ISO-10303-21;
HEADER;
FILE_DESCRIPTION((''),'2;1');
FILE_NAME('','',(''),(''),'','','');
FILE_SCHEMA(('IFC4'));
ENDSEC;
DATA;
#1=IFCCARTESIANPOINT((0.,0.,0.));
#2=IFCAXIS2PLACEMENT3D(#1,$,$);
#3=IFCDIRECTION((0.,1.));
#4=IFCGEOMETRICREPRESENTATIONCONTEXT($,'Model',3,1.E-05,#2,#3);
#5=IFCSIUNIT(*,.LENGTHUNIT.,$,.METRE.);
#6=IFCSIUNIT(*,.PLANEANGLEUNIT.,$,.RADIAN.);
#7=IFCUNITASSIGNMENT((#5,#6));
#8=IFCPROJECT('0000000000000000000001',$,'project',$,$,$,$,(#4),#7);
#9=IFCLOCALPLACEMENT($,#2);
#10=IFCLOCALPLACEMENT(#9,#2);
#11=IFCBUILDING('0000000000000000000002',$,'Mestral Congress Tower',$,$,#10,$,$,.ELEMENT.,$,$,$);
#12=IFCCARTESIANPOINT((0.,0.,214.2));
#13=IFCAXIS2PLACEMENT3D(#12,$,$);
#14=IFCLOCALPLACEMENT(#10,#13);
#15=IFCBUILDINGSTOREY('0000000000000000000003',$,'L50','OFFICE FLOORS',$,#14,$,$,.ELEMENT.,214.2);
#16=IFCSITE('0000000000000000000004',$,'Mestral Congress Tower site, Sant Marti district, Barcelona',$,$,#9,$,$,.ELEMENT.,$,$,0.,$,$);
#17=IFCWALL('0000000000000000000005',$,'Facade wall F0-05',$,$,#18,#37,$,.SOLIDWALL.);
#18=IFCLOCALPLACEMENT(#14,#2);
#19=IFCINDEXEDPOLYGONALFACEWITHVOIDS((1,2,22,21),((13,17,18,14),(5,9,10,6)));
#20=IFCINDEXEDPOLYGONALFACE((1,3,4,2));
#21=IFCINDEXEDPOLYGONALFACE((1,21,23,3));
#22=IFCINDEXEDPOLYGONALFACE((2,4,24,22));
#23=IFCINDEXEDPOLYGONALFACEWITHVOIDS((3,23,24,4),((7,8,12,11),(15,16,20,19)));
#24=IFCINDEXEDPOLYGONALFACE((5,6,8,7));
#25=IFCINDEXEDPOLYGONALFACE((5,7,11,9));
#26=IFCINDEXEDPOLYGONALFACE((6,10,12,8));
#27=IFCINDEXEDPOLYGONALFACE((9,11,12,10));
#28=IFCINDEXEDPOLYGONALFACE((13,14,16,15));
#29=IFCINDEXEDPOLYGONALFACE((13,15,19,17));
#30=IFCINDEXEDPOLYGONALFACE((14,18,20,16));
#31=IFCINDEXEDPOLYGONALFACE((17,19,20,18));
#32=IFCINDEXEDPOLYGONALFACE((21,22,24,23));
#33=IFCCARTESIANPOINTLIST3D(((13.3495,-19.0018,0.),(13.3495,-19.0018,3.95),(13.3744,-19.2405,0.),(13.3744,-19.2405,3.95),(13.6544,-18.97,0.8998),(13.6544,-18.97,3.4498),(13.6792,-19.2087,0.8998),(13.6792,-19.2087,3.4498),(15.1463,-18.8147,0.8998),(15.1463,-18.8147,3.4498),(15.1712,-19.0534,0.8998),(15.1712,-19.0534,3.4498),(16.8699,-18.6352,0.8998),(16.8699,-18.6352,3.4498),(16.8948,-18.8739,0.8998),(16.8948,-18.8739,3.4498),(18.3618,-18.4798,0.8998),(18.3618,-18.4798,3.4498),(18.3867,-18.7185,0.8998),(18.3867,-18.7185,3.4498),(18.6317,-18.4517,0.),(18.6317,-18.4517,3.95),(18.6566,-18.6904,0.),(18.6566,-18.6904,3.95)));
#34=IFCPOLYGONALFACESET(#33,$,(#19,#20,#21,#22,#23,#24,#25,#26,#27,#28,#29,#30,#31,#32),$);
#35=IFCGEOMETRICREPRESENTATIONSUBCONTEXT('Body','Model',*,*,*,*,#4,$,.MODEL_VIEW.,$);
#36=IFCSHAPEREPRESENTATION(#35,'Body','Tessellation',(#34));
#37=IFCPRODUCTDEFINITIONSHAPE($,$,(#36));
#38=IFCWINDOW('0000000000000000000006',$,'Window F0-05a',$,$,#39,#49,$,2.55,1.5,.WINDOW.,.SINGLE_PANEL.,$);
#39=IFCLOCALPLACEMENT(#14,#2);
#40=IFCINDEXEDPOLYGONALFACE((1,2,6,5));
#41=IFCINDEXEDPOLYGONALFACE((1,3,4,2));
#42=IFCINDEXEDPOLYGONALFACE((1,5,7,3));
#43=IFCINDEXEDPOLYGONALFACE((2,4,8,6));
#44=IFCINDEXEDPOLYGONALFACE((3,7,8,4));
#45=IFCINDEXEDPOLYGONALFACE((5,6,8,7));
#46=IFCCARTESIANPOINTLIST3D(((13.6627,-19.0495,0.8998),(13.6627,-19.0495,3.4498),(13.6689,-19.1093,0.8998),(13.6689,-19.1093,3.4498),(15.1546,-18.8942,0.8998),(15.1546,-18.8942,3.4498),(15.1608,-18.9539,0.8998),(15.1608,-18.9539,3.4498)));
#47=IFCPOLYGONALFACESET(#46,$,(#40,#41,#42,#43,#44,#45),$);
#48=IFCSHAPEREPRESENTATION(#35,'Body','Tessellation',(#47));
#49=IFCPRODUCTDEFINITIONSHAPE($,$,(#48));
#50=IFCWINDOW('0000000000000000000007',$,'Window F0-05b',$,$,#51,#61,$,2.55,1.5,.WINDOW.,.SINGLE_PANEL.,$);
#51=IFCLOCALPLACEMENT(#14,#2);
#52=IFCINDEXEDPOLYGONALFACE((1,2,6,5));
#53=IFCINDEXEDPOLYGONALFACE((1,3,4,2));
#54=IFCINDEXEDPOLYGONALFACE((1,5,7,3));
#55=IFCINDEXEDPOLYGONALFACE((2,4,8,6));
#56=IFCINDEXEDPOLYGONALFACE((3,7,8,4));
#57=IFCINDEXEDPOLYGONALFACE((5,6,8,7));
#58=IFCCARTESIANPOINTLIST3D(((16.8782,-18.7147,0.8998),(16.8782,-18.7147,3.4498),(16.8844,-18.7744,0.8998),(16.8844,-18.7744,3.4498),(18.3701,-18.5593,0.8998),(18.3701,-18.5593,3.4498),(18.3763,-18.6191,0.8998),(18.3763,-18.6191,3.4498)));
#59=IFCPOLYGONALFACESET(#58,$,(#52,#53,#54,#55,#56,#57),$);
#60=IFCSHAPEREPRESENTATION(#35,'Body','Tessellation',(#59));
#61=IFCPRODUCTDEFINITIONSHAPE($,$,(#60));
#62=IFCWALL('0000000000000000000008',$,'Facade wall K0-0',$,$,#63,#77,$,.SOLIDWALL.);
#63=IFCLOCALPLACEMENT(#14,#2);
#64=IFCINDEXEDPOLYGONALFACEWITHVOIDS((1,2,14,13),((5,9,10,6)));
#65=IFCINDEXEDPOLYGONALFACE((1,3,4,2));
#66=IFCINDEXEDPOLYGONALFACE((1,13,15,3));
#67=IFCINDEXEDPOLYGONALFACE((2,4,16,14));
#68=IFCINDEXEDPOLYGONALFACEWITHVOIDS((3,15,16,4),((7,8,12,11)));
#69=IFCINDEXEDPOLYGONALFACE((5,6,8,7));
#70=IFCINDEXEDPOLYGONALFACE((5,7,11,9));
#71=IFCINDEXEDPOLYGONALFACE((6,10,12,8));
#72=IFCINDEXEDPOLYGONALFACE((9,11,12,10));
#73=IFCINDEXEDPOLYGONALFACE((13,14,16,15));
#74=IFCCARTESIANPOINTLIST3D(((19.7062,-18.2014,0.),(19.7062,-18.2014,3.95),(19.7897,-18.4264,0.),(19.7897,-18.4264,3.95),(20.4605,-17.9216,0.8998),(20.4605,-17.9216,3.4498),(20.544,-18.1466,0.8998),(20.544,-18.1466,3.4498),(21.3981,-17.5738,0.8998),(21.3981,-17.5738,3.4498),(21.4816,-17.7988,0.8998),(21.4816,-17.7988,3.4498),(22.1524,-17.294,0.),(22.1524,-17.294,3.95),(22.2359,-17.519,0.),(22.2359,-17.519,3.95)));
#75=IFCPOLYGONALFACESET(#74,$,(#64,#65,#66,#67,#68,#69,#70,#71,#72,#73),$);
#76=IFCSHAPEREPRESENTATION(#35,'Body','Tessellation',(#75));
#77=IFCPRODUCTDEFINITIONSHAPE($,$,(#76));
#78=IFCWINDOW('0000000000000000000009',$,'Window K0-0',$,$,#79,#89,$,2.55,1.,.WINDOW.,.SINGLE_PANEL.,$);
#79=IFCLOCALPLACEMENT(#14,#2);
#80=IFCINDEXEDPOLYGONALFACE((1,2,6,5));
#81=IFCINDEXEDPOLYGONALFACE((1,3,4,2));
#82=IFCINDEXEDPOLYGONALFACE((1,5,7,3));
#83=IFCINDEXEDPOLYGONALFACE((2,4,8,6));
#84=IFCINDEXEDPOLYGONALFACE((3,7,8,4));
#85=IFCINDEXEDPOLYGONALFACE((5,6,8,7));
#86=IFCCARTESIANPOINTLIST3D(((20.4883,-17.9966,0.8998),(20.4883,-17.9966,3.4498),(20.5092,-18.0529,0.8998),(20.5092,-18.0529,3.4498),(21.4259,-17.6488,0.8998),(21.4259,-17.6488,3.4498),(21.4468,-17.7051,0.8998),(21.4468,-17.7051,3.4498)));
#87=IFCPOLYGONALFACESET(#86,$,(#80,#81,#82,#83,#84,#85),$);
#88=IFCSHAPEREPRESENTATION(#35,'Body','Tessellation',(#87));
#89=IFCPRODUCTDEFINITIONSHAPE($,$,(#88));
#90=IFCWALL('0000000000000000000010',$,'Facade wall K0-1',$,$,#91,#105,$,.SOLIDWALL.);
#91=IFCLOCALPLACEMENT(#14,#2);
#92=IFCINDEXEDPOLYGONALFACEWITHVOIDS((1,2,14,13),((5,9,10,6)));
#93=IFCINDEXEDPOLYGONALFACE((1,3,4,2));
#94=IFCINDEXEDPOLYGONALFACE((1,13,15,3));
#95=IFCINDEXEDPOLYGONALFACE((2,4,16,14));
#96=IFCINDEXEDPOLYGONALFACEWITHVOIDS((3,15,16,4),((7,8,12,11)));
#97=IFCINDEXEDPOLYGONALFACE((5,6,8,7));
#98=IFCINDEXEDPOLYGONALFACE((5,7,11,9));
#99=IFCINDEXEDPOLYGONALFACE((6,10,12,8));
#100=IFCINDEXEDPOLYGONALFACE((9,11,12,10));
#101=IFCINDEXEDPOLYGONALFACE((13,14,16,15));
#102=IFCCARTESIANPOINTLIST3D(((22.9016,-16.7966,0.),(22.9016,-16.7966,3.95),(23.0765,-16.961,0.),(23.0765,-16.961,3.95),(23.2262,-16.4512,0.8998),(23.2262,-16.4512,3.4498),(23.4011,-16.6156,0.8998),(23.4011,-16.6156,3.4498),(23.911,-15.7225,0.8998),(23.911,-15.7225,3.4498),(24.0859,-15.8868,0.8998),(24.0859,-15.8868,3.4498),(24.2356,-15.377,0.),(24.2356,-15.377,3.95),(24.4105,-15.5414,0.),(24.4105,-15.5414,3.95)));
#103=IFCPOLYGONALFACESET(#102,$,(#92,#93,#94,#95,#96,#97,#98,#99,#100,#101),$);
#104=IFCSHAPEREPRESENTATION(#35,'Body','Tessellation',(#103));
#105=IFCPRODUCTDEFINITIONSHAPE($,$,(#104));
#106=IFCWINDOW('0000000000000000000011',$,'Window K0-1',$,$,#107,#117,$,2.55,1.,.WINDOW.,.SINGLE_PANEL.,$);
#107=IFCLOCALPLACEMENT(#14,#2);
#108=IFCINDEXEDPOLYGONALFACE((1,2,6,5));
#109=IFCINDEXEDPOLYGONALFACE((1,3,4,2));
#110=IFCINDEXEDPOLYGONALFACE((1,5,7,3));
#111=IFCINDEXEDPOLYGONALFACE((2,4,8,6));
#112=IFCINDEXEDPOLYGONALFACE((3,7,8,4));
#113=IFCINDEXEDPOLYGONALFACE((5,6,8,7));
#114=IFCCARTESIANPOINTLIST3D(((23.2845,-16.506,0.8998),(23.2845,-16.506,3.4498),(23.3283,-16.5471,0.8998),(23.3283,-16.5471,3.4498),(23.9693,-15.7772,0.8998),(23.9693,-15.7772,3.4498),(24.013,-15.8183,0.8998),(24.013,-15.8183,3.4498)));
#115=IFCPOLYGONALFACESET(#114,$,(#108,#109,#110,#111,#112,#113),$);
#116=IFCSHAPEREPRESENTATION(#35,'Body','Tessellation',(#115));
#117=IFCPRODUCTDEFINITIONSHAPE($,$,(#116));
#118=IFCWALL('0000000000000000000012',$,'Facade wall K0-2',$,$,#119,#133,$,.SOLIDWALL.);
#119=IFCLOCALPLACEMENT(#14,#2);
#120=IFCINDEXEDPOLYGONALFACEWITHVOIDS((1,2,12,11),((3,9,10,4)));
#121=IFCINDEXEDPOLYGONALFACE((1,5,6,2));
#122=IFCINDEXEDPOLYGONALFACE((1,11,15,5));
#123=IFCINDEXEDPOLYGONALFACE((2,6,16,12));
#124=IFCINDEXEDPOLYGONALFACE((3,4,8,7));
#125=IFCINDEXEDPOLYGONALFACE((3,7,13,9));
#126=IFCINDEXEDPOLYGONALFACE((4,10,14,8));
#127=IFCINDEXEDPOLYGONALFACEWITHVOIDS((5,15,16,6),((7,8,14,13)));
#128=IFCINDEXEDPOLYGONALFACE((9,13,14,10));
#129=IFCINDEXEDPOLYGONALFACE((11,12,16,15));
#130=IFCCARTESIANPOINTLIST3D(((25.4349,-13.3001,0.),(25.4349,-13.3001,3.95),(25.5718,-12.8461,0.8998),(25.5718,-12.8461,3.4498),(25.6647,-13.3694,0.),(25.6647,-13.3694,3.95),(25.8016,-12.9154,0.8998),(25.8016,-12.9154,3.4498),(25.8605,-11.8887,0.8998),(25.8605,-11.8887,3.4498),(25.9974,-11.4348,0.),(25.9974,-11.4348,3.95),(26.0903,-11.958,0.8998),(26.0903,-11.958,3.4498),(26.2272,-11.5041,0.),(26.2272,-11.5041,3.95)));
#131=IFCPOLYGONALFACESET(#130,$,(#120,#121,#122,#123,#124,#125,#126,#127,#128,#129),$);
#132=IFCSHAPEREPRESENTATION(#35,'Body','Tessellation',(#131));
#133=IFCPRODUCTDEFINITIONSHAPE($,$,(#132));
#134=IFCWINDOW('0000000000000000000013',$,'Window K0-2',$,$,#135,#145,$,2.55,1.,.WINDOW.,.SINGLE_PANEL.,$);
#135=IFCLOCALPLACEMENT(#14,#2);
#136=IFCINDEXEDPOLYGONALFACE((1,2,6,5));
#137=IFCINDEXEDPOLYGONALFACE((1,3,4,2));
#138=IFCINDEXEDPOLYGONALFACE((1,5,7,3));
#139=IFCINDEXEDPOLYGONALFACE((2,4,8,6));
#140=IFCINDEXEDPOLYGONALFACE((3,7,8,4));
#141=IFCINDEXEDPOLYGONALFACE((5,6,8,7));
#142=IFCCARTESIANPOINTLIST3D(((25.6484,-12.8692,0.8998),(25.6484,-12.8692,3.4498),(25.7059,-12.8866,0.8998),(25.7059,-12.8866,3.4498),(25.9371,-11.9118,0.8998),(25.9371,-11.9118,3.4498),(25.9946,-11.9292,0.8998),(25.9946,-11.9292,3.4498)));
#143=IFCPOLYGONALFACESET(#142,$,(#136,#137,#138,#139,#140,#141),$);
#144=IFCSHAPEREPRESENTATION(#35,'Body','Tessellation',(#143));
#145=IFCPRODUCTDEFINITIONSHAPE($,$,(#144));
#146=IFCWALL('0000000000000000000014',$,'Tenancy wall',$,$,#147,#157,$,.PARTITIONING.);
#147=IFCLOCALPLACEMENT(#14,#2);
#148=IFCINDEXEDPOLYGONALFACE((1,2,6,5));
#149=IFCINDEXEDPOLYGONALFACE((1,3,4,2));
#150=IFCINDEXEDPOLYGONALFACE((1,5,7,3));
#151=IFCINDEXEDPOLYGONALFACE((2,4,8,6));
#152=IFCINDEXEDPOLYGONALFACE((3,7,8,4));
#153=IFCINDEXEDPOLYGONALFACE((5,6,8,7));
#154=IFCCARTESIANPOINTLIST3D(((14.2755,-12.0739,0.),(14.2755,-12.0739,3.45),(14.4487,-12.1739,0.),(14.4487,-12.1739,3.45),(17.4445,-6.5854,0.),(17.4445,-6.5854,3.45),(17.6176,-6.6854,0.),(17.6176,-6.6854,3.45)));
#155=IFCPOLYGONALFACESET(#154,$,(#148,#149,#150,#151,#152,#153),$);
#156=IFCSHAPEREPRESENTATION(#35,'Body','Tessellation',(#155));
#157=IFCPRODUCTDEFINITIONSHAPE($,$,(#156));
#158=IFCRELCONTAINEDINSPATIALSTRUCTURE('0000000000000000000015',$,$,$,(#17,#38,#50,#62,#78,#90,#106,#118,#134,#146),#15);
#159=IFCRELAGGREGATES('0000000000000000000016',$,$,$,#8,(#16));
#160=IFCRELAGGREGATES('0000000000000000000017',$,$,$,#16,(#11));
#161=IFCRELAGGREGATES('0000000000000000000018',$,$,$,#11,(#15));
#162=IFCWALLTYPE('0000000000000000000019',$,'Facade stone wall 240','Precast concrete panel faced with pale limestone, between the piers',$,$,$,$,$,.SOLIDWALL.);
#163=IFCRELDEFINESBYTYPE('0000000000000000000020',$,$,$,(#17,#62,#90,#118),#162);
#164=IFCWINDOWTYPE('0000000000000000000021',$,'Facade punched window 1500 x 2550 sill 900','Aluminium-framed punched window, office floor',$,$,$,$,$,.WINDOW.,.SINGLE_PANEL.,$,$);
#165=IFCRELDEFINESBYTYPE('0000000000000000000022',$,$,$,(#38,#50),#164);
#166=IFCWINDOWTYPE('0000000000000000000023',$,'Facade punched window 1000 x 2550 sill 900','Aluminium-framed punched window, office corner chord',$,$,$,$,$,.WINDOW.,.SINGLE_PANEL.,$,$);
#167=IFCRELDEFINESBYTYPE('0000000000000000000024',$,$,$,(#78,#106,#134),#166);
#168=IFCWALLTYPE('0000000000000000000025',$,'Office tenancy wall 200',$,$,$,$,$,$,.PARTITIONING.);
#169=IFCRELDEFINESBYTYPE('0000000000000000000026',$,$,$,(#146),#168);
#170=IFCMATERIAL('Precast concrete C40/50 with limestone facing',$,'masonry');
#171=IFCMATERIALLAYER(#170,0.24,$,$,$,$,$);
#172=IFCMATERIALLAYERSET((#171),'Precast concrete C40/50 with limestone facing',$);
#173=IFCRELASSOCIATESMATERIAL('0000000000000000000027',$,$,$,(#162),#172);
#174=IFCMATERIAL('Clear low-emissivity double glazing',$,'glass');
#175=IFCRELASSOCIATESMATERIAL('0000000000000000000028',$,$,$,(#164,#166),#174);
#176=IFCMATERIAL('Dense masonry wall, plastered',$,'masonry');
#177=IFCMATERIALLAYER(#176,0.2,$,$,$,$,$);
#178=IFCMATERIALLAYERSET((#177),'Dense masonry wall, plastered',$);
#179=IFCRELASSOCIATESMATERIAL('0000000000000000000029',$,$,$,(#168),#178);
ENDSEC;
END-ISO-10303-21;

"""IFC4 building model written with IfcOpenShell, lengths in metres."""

from ifc_helpers import new_model, si_unit, direction, frame, frame_2d, origin, place, context, subcontext, project, spatial, rectangle, extrude, material, layer, layer_set, type_object, element, fill, save


model = new_model("IFC4")

# Units and contexts
model_context = context("Model", 3, precision=1e-05, world=origin(), true_north=direction((0.0, 1.0)))
body_context = subcontext(model_context, "Body", "Model", "MODEL_VIEW")
ifc_project = project(units=[si_unit("LENGTHUNIT", "METRE"), si_unit("PLANEANGLEUNIT", "RADIAN")], contexts=[model_context])

# Site, building, storey
site_placement = place(None, origin())
site = spatial("IfcSite", under=ifc_project, at=site_placement, Name="Mestral Congress Tower site, Sant Marti district, Barcelona", CompositionType="ELEMENT", RefElevation=0.0)
building_placement = place(site_placement, origin())
building = spatial("IfcBuilding", under=site, at=building_placement, Name="Mestral Congress Tower", CompositionType="ELEMENT")
storey_placement = place(building_placement, frame((0.0, 0.0, 214.2)))
storey = spatial("IfcBuildingStorey", under=building, at=storey_placement, Name="L50", Description="OFFICE FLOORS", CompositionType="ELEMENT", Elevation=214.2)

# Wall, openings, windows
ifc_material_1 = material(Name="Precast concrete C40/50 with limestone facing", Category="masonry")
ifc_layer_1 = layer(ifc_material_1, 0.24)
ifc_layer_set_1 = layer_set([ifc_layer_1], Name="Precast concrete C40/50 with limestone facing")
wall_type_1 = type_object("IfcWallType", Name="Facade stone wall 240", Description="Precast concrete panel faced with pale limestone, between the piers", PredefinedType="SOLIDWALL", material=ifc_layer_set_1)
wall_1_placement = place(storey_placement, frame((13.3621, -19.1211, 0.0), z_axis=(0.0, 0.0, 1.0), x_axis=(0.994622, 0.103572, 0.0)))
wall_1 = element("IfcWall", 1, at=wall_1_placement, inside=storey, type_object=wall_type_1, Name="Facade wall F0-05", PredefinedType="SOLIDWALL", context=body_context, shape_type="SweptSolid", body=[
    extrude(rectangle(XDim=5.3108, YDim=0.24, at=frame_2d((2.6553, 0.0))), origin(), (0.0, 0.0, 1.0), 3.95),
])
opening_1_placement = place(wall_1_placement, frame((0.3064, 0.0, 0.8999)))
opening_1 = element("IfcOpeningElement", 2, at=opening_1_placement, cuts=wall_1, PredefinedType="OPENING", context=body_context, shape_type="SweptSolid", body=[
    extrude(rectangle(XDim=1.5, YDim=2.55, at=frame_2d((0.75, 1.2749))), frame((0.0, 0.1299, 0.0), z_axis=(0.0, -1.0, 0.0), x_axis=(1.0, 0.0, 0.0)), (0.0, 0.0, 1.0), 0.26),
])
opening_2_placement = place(wall_1_placement, frame((3.5393, 0.0, 0.8999)))
opening_2 = element("IfcOpeningElement", 3, at=opening_2_placement, cuts=wall_1, PredefinedType="OPENING", context=body_context, shape_type="SweptSolid", body=[
    extrude(rectangle(XDim=1.5, YDim=2.55, at=frame_2d((0.75, 1.2749))), frame((0.0, 0.1299, 0.0), z_axis=(0.0, -1.0, 0.0), x_axis=(1.0, 0.0, 0.0)), (0.0, 0.0, 1.0), 0.26),
])
ifc_material_2 = material(Name="Clear low-emissivity double glazing", Category="glass")
window_type_1 = type_object("IfcWindowType", Name="Facade punched window 1500 x 2550 sill 900", Description="Aluminium-framed punched window, office floor", PartitioningType="SINGLE_PANEL", PredefinedType="WINDOW", material=ifc_material_2)
window_1_placement = place(opening_1_placement, origin())
window_1 = element("IfcWindow", 4, at=window_1_placement, inside=storey, type_object=window_type_1, Name="Window F0-05a", OverallHeight=2.55, OverallWidth=1.5, PartitioningType="SINGLE_PANEL", PredefinedType="WINDOW", context=body_context, shape_type="SweptSolid", body=[
    extrude(rectangle(XDim=1.5, YDim=2.55, at=frame_2d((0.75, 1.2749))), frame((0.0, 0.04, 0.0), z_axis=(0.0, -1.0, 0.0), x_axis=(1.0, 0.0, 0.0)), (0.0, 0.0, 1.0), 0.0601),
])
fill(opening_1, window_1)
window_2_placement = place(opening_2_placement, origin())
window_2 = element("IfcWindow", 5, at=window_2_placement, inside=storey, type_object=window_type_1, Name="Window F0-05b", OverallHeight=2.55, OverallWidth=1.5, PartitioningType="SINGLE_PANEL", PredefinedType="WINDOW", context=body_context, shape_type="SweptSolid", body=[
    extrude(rectangle(XDim=1.5, YDim=2.55, at=frame_2d((0.75, 1.2749))), frame((0.0, 0.04, 0.0), z_axis=(0.0, -1.0, 0.0), x_axis=(1.0, 0.0, 0.0)), (0.0, 0.0, 1.0), 0.0601),
])
fill(opening_2, window_2)

# Walls, openings, windows
wall_2_placement = place(storey_placement, frame((19.7478, -18.314, 0.0), z_axis=(0.0, 0.0, 1.0), x_axis=(0.937569, 0.347799, 0.0)))
wall_2 = element("IfcWall", 6, at=wall_2_placement, inside=storey, type_object=wall_type_1, Name="Facade wall K0-0", PredefinedType="SOLIDWALL", context=body_context, shape_type="SweptSolid", body=[
    extrude(rectangle(XDim=2.6091, YDim=0.24, at=frame_2d((1.3047, 0.0))), origin(), (0.0, 0.0, 1.0), 3.95),
])
opening_3_placement = place(wall_2_placement, frame((0.8047, 0.0, 0.8999)))
opening_3 = element("IfcOpeningElement", 7, at=opening_3_placement, cuts=wall_2, PredefinedType="OPENING", context=body_context, shape_type="SweptSolid", body=[
    extrude(rectangle(XDim=1.0, YDim=2.55, at=frame_2d((0.5, 1.2749))), frame((0.0, 0.1299, 0.0), z_axis=(0.0, -1.0, 0.0), x_axis=(1.0, 0.0, 0.0)), (0.0, 0.0, 1.0), 0.26),
])
window_type_2 = type_object("IfcWindowType", Name="Facade punched window 1000 x 2550 sill 900", Description="Aluminium-framed punched window, office corner chord", PartitioningType="SINGLE_PANEL", PredefinedType="WINDOW", material=ifc_material_2)
window_3_placement = place(opening_3_placement, origin())
window_3 = element("IfcWindow", 8, at=window_3_placement, inside=storey, type_object=window_type_2, Name="Window K0-0", OverallHeight=2.55, OverallWidth=1.0, PartitioningType="SINGLE_PANEL", PredefinedType="WINDOW", context=body_context, shape_type="SweptSolid", body=[
    extrude(rectangle(XDim=1.0, YDim=2.55, at=frame_2d((0.5, 1.2749))), frame((0.0, 0.04, 0.0), z_axis=(0.0, -1.0, 0.0), x_axis=(1.0, 0.0, 0.0)), (0.0, 0.0, 1.0), 0.0601),
])
fill(opening_3, window_3)
wall_3_placement = place(storey_placement, frame((22.989, -16.8789, 0.0), z_axis=(0.0, 0.0, 1.0), x_axis=(0.68477, 0.728759, 0.0)))
wall_3 = element("IfcWall", 9, at=wall_3_placement, inside=storey, type_object=wall_type_1, Name="Facade wall K0-1", PredefinedType="SOLIDWALL", context=body_context, shape_type="SweptSolid", body=[
    extrude(rectangle(XDim=1.948, YDim=0.24, at=frame_2d((0.9741, 0.0))), origin(), (0.0, 0.0, 1.0), 3.95),
])
opening_4_placement = place(wall_3_placement, frame((0.4741, 0.0, 0.8999)))
opening_4 = element("IfcOpeningElement", 10, at=opening_4_placement, cuts=wall_3, PredefinedType="OPENING", context=body_context, shape_type="SweptSolid", body=[
    extrude(rectangle(XDim=1.0, YDim=2.55, at=frame_2d((0.5, 1.2749))), frame((0.0, 0.1299, 0.0), z_axis=(0.0, -1.0, 0.0), x_axis=(1.0, 0.0, 0.0)), (0.0, 0.0, 1.0), 0.26),
])
window_4_placement = place(opening_4_placement, origin())
window_4 = element("IfcWindow", 11, at=window_4_placement, inside=storey, type_object=window_type_2, Name="Window K0-1", OverallHeight=2.55, OverallWidth=1.0, PartitioningType="SINGLE_PANEL", PredefinedType="WINDOW", context=body_context, shape_type="SweptSolid", body=[
    extrude(rectangle(XDim=1.0, YDim=2.55, at=frame_2d((0.5, 1.2749))), frame((0.0, 0.04, 0.0), z_axis=(0.0, -1.0, 0.0), x_axis=(1.0, 0.0, 0.0)), (0.0, 0.0, 1.0), 0.0601),
])
fill(opening_4, window_4)
wall_4_placement = place(storey_placement, frame((25.5498, -13.3347, 0.0), z_axis=(0.0, 0.0, 1.0), x_axis=(0.288727, 0.957411, 0.0)))
wall_4 = element("IfcWall", 12, at=wall_4_placement, inside=storey, type_object=wall_type_1, Name="Facade wall K0-2", PredefinedType="SOLIDWALL", context=body_context, shape_type="SweptSolid", body=[
    extrude(rectangle(XDim=1.9482, YDim=0.24, at=frame_2d((0.9741, 0.0))), origin(), (0.0, 0.0, 1.0), 3.95),
])
opening_5_placement = place(wall_4_placement, frame((0.4741, 0.0, 0.8999)))
opening_5 = element("IfcOpeningElement", 13, at=opening_5_placement, cuts=wall_4, PredefinedType="OPENING", context=body_context, shape_type="SweptSolid", body=[
    extrude(rectangle(XDim=1.0, YDim=2.55, at=frame_2d((0.5, 1.2749))), frame((0.0, 0.1299, 0.0), z_axis=(0.0, -1.0, 0.0), x_axis=(1.0, 0.0, 0.0)), (0.0, 0.0, 1.0), 0.26),
])
window_5_placement = place(opening_5_placement, origin())
window_5 = element("IfcWindow", 14, at=window_5_placement, inside=storey, type_object=window_type_2, Name="Window K0-2", OverallHeight=2.55, OverallWidth=1.0, PartitioningType="SINGLE_PANEL", PredefinedType="WINDOW", context=body_context, shape_type="SweptSolid", body=[
    extrude(rectangle(XDim=1.0, YDim=2.55, at=frame_2d((0.5, 1.2749))), frame((0.0, 0.04, 0.0), z_axis=(0.0, -1.0, 0.0), x_axis=(1.0, 0.0, 0.0)), (0.0, 0.0, 1.0), 0.0601),
])
fill(opening_5, window_5)

# Wall
ifc_material_3 = material(Name="Dense masonry wall, plastered", Category="masonry")
ifc_layer_2 = layer(ifc_material_3, 0.2)
ifc_layer_set_2 = layer_set([ifc_layer_2], Name="Dense masonry wall, plastered")
wall_type_2 = type_object("IfcWallType", Name="Office tenancy wall 200", PredefinedType="PARTITIONING", material=ifc_layer_set_2)
wall_5_placement = place(storey_placement, frame((14.3621, -12.124, 0.0), z_axis=(0.0, 0.0, 1.0), x_axis=(0.500017, 0.866016, 0.0)))
element("IfcWall", 15, at=wall_5_placement, inside=storey, type_object=wall_type_2, Name="Tenancy wall", PredefinedType="PARTITIONING", context=body_context, shape_type="SweptSolid", body=[
    extrude(rectangle(XDim=6.3376, YDim=0.2, at=frame_2d((3.1689, 0.0))), origin(), (0.0, 0.0, 1.0), 3.45),
])

save(model, "model.ifc")
